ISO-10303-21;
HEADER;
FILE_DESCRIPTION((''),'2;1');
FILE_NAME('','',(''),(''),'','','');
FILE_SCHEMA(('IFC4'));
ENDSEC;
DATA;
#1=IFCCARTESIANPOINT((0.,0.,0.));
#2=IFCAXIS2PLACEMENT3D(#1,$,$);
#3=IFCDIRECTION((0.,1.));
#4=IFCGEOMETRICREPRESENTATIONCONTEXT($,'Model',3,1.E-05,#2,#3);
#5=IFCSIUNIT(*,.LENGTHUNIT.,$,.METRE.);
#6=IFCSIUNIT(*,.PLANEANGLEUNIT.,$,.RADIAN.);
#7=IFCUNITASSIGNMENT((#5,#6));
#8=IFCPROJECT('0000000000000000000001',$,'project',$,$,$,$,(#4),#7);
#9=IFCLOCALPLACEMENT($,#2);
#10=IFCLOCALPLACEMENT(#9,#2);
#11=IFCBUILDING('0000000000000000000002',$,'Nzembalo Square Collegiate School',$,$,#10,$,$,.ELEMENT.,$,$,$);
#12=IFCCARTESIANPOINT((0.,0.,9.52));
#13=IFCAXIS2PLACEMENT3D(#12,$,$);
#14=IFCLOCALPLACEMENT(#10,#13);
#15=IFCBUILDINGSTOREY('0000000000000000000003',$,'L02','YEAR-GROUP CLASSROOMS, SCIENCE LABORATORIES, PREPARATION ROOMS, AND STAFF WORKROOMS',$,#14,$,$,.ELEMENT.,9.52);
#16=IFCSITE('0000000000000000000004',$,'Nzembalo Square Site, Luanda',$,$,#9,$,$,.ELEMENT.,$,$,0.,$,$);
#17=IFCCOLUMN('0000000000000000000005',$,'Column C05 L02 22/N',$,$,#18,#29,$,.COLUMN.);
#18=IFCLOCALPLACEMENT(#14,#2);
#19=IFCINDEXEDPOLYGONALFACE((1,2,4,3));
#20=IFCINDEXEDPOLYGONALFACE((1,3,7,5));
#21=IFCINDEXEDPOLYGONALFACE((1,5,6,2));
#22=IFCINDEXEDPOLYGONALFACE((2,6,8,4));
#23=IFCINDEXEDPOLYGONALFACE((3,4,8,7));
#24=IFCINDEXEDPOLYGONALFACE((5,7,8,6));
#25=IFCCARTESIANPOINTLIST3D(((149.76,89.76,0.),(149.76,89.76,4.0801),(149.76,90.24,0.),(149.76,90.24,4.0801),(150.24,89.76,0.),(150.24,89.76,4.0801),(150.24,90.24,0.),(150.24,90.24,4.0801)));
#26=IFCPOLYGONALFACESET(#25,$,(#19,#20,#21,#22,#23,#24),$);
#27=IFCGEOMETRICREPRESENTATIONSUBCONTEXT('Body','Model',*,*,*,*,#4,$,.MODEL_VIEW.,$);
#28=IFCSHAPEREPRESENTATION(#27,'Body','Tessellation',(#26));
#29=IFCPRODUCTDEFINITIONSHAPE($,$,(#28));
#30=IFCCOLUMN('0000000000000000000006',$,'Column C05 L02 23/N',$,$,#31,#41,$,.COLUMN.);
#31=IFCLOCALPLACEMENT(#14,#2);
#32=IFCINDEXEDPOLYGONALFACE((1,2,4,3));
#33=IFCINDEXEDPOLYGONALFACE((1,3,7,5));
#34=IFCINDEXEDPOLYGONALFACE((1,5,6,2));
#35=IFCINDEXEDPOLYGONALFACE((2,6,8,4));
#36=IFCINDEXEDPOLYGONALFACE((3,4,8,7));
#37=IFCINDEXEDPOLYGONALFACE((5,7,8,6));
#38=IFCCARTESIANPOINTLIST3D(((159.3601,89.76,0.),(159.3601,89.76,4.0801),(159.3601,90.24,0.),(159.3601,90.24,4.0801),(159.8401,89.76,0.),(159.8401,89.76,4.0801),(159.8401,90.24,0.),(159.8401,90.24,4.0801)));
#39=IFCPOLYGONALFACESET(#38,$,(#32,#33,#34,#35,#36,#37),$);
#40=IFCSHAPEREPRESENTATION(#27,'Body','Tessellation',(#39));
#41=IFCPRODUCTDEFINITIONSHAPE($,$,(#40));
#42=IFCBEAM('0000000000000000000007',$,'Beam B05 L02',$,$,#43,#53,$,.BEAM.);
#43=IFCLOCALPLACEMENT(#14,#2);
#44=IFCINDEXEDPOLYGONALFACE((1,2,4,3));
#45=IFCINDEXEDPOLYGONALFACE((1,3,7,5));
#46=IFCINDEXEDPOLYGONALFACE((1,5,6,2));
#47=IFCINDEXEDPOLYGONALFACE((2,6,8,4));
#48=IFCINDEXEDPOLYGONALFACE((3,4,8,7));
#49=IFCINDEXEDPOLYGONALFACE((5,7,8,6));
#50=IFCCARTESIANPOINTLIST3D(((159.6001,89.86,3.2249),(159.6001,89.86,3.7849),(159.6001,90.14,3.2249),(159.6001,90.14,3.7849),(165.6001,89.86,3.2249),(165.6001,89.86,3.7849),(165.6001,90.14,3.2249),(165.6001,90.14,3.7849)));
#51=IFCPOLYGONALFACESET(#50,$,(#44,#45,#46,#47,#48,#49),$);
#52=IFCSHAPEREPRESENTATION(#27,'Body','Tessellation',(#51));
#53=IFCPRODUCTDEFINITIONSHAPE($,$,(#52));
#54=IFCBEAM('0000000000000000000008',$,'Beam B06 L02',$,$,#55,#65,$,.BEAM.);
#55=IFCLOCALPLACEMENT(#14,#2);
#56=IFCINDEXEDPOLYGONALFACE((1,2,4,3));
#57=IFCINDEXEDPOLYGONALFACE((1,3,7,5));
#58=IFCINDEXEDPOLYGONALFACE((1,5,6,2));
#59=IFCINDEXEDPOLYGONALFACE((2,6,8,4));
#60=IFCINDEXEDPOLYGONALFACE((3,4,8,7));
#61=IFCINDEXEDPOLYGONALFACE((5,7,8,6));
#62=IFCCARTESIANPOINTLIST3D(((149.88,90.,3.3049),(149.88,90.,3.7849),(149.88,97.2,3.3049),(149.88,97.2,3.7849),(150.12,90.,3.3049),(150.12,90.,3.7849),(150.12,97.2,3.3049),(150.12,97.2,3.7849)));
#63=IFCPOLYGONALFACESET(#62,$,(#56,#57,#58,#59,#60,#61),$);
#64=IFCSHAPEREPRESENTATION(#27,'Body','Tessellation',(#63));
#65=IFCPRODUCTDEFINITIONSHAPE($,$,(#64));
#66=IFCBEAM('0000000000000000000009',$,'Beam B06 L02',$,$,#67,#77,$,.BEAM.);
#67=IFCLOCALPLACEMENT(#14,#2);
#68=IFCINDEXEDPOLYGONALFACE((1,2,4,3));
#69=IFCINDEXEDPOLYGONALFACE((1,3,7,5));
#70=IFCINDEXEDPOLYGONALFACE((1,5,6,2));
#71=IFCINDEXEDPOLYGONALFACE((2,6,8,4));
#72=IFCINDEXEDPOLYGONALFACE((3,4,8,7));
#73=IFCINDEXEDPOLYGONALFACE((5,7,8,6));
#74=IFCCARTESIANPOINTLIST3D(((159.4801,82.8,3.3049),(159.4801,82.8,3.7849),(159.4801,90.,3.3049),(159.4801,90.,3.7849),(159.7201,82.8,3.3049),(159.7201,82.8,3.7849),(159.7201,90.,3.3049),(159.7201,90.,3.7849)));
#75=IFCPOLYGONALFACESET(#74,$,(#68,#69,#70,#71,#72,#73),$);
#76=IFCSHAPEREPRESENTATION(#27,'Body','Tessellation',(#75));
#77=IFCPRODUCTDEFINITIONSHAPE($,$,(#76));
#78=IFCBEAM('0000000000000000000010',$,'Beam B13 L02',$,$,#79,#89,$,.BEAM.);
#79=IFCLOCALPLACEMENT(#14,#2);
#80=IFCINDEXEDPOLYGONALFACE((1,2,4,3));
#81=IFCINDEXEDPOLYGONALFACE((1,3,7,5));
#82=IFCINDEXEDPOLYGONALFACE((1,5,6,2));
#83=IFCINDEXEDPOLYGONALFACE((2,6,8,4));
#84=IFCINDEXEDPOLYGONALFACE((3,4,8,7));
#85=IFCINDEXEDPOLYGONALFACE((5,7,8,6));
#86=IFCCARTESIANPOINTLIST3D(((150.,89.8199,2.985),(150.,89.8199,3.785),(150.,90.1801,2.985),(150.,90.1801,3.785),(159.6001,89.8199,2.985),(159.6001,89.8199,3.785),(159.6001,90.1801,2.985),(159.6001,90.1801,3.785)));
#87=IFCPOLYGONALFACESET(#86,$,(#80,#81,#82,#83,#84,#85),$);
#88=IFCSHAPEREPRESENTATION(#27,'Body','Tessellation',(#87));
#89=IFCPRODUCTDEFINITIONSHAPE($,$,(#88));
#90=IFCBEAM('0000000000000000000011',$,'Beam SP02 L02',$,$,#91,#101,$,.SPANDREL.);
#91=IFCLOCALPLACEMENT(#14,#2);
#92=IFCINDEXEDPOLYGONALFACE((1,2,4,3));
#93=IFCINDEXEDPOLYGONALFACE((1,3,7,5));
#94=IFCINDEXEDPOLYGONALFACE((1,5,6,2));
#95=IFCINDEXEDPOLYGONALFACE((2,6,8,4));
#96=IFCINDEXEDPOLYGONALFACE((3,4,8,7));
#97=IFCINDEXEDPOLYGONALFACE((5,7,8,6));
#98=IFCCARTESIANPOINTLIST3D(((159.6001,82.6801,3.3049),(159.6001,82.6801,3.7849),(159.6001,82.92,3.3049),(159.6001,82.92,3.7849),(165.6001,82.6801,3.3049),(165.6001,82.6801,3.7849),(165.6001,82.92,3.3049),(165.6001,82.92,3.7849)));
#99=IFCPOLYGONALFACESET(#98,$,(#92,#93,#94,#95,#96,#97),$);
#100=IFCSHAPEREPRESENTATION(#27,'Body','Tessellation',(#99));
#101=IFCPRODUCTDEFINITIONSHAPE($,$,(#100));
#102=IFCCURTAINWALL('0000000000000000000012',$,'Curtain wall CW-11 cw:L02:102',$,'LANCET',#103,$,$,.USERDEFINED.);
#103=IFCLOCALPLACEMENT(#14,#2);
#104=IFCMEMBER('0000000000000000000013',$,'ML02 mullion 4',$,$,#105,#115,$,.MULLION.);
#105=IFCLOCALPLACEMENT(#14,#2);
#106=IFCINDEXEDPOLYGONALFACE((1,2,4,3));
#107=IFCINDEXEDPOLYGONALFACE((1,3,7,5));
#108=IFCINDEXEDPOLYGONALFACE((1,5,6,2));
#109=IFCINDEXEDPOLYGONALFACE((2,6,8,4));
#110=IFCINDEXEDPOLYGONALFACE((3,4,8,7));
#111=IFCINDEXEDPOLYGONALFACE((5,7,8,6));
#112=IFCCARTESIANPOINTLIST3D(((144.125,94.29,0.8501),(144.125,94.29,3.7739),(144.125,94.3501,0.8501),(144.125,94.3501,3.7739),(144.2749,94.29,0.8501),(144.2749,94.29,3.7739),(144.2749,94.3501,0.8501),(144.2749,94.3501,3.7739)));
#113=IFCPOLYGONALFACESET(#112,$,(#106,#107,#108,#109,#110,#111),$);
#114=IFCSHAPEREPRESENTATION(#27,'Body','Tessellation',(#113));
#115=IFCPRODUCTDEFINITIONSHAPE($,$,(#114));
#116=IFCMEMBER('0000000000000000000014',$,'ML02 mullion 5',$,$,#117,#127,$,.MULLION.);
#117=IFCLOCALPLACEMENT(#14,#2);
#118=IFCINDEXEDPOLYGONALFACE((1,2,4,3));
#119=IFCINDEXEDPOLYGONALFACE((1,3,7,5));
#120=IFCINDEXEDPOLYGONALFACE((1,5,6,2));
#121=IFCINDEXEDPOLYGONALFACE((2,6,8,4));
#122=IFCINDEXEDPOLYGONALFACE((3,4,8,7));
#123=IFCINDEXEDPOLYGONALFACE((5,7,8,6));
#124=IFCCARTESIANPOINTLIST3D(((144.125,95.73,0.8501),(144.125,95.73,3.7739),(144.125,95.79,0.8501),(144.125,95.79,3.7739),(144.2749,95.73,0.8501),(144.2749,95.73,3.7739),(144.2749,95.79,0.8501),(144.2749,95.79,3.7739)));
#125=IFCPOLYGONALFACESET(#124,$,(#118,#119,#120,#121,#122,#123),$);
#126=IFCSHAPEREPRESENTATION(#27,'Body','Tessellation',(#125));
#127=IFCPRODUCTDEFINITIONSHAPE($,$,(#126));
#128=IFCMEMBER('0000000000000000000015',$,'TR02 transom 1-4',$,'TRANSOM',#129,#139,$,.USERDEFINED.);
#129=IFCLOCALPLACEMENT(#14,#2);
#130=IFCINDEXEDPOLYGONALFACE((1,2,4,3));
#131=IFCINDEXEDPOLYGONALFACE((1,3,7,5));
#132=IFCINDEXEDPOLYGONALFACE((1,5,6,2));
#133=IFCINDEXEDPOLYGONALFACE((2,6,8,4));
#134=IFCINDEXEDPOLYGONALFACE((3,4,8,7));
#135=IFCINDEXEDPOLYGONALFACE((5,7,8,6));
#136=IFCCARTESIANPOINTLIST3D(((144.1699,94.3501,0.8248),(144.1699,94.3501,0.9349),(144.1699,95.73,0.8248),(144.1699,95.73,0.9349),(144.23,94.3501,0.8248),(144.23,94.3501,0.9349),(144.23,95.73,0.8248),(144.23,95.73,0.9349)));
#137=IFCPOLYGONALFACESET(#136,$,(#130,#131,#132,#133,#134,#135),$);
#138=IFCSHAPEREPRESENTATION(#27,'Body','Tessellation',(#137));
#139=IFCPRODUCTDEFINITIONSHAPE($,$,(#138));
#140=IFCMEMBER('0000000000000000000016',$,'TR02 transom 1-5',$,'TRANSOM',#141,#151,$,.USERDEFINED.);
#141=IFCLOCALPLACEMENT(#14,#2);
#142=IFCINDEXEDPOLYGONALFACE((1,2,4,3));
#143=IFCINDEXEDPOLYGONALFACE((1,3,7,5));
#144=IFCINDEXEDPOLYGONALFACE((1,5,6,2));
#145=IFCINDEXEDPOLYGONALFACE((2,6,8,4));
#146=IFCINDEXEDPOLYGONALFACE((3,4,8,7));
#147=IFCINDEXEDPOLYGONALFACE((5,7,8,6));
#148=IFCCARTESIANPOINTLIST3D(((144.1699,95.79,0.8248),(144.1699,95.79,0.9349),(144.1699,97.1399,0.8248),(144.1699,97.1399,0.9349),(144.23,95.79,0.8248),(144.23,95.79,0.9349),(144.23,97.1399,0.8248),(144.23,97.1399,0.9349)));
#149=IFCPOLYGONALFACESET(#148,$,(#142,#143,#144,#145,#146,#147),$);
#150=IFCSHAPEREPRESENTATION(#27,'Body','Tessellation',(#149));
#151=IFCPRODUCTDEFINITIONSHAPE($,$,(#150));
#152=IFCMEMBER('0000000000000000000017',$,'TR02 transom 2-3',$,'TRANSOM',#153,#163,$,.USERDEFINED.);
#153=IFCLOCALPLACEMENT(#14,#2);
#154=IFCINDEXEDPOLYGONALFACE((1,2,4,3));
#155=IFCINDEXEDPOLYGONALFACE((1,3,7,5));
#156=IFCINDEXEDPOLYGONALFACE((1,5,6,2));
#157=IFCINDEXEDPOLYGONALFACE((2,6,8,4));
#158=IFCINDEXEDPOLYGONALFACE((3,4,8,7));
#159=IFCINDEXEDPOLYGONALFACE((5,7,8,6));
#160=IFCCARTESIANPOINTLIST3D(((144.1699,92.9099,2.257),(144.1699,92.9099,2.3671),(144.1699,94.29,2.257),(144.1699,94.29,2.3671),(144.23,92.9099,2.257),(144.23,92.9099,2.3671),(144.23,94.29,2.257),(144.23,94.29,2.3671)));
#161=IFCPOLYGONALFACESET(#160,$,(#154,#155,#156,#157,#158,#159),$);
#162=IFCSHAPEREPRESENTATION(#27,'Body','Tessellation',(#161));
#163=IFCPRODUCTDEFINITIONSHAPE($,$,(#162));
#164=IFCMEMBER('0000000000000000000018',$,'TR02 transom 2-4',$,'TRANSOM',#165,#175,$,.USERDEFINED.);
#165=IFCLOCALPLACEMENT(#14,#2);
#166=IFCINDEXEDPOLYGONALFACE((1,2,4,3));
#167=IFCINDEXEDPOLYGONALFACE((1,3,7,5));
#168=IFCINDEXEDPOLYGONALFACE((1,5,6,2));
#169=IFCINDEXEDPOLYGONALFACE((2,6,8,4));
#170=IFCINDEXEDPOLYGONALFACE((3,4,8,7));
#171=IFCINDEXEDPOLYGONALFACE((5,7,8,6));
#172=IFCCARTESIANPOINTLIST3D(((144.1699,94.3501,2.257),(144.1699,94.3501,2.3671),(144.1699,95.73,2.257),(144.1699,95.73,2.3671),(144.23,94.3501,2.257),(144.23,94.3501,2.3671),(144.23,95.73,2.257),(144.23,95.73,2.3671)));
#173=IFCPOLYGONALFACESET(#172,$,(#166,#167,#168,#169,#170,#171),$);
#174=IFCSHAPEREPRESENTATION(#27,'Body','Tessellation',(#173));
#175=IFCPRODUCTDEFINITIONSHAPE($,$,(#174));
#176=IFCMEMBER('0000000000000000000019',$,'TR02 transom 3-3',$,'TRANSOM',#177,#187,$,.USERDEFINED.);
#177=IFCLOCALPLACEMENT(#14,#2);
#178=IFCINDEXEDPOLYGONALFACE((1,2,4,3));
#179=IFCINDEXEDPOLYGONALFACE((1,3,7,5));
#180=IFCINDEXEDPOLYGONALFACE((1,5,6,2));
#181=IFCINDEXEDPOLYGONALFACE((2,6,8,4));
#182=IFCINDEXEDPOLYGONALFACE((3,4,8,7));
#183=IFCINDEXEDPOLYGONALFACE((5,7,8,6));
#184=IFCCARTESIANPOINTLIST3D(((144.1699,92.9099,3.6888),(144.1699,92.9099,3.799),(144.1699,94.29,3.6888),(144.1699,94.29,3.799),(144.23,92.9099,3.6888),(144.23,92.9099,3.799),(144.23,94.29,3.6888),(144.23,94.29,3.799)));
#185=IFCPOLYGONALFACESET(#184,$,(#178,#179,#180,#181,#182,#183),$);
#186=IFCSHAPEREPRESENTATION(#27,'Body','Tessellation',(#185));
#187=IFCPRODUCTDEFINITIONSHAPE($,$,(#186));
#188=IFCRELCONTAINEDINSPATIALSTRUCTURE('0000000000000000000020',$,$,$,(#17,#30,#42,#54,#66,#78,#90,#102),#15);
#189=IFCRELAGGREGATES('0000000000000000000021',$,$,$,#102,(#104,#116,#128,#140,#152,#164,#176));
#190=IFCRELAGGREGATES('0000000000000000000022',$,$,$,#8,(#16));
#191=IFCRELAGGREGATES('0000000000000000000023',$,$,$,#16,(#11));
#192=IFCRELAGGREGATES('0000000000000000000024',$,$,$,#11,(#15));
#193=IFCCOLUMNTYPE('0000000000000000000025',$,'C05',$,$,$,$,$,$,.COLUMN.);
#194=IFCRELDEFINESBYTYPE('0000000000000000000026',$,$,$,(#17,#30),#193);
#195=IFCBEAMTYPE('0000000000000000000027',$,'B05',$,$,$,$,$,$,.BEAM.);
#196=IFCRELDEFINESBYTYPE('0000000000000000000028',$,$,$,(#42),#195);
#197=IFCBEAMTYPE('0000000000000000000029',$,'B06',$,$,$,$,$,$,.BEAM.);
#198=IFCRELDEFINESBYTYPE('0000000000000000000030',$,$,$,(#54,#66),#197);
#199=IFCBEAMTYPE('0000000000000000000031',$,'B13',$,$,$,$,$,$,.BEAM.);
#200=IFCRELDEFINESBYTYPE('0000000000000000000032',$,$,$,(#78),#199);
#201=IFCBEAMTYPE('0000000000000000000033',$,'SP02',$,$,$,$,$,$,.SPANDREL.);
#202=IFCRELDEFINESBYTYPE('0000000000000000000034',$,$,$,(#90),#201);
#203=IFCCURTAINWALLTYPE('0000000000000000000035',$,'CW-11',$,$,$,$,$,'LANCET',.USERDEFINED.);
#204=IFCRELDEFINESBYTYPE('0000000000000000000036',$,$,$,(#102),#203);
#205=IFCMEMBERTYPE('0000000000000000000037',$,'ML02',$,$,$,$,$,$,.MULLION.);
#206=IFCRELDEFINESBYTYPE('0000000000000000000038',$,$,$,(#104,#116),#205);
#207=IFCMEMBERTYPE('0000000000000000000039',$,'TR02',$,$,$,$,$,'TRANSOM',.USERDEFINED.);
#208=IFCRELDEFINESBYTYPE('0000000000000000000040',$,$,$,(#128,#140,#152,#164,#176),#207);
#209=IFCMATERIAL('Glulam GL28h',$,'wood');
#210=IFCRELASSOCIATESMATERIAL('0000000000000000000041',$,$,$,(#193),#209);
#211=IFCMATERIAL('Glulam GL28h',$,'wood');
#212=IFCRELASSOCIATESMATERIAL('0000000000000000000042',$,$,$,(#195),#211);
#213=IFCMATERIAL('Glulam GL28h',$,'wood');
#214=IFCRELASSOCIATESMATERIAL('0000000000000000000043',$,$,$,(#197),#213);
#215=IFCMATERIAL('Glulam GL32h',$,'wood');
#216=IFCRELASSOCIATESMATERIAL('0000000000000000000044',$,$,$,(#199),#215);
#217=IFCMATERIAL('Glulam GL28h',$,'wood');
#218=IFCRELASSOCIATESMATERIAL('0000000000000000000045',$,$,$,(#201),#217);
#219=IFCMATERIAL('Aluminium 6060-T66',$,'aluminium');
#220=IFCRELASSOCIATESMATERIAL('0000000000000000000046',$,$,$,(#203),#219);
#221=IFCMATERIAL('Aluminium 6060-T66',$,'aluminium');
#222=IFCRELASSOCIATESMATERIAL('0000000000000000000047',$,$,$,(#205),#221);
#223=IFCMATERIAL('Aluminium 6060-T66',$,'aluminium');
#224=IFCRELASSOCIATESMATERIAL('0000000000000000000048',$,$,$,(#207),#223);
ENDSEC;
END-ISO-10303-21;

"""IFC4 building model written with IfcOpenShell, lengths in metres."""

from ifc_helpers import new_model, si_unit, direction, frame, origin, origin_2d, place, context, subcontext, project, spatial, rectangle, extrude, material, material_profile, profile_set, type_object, element, aggregate, save


model = new_model("IFC4")

# Units and contexts
model_context = context("Model", 3, precision=1e-05, world=origin(), true_north=direction((0.0, 1.0)))
body_context = subcontext(model_context, "Body", "Model", "MODEL_VIEW")
ifc_project = project(units=[si_unit("LENGTHUNIT", "METRE"), si_unit("PLANEANGLEUNIT", "RADIAN")], contexts=[model_context])

# Site, building, storey
site_placement = place(None, origin())
site = spatial("IfcSite", under=ifc_project, at=site_placement, Name="Nzembalo Square Site, Luanda", CompositionType="ELEMENT", RefElevation=0.0)
building_placement = place(site_placement, origin())
building = spatial("IfcBuilding", under=site, at=building_placement, Name="Nzembalo Square Collegiate School", CompositionType="ELEMENT")
storey_placement = place(building_placement, frame((0.0, 0.0, 9.52)))
storey = spatial("IfcBuildingStorey", under=building, at=storey_placement, Name="L02", Description="YEAR-GROUP CLASSROOMS, SCIENCE LABORATORIES, PREPARATION ROOMS, AND STAFF WORKROOMS", CompositionType="ELEMENT", Elevation=9.52)

# Columns
ifc_material_1 = material(Name="Glulam GL28h", Category="wood")
ifc_material_profile_1 = material_profile(ifc_material_1, rectangle(XDim=0.48, YDim=0.48, at=origin_2d()), Name="GL28h 480x480")
ifc_profile_set_1 = profile_set([ifc_material_profile_1], Name="Glulam GL28h")
column_type = type_object("IfcColumnType", Name="C05", PredefinedType="COLUMN", material=ifc_profile_set_1)
for number, where, z_axis, x_axis, name in (
    (1, (150.0, 90.0, 0.0), (0.0, 0.0, 1.0), (1.0, 0.0, 0.0), "Column C05 L02 22/N"),
    (2, (159.6001, 90.0, 0.0), (0.0, 0.0, 1.0), (1.0, 0.0, 0.0), "Column C05 L02 23/N"),
):
    element("IfcColumn", number, at=place(storey_placement, frame(where, z_axis=z_axis, x_axis=x_axis)), inside=storey, type_object=column_type, Name=name, PredefinedType="COLUMN", context=body_context, shape_type="SweptSolid", body=[
        extrude(rectangle(XDim=0.48, YDim=0.48, at=origin_2d()), origin(), (0.0, 0.0, 1.0), 4.0801),
    ])

# Beams
ifc_material_2 = material(Name="Glulam GL28h", Category="wood")
ifc_material_profile_2 = material_profile(ifc_material_2, rectangle(XDim=0.28, YDim=0.5601, at=origin_2d()), Name="GL28h 280x560")
ifc_profile_set_2 = profile_set([ifc_material_profile_2], Name="Glulam GL28h")
beam_type_1 = type_object("IfcBeamType", Name="B05", PredefinedType="BEAM", material=ifc_profile_set_2)
beam_1_placement = place(storey_placement, frame((159.6001, 90.0, 3.5049), z_axis=(1.0, 0.0, 0.0), x_axis=(0.0, 1.0, 0.0)))
element("IfcBeam", 3, at=beam_1_placement, inside=storey, type_object=beam_type_1, Name="Beam B05 L02", PredefinedType="BEAM", context=body_context, shape_type="SweptSolid", body=[
    extrude(rectangle(XDim=0.28, YDim=0.5601, at=origin_2d()), origin(), (0.0, 0.0, 1.0), 6.0),
])
ifc_material_3 = material(Name="Glulam GL28h", Category="wood")
ifc_material_profile_3 = material_profile(ifc_material_3, rectangle(XDim=0.24, YDim=0.48, at=origin_2d()), Name="GL28h 240x480")
ifc_profile_set_3 = profile_set([ifc_material_profile_3], Name="Glulam GL28h")
beam_type_2 = type_object("IfcBeamType", Name="B06", PredefinedType="BEAM", material=ifc_profile_set_3)
for number, where, z_axis, x_axis, name in (
    (4, (150.0, 90.0, 3.5449), (0.0, 1.0, 0.0), (-1.0, 0.0, 0.0), "Beam B06 L02"),
    (5, (159.6001, 82.8, 3.5449), (0.0, 1.0, 0.0), (-1.0, 0.0, 0.0), "Beam B06 L02"),
):
    element("IfcBeam", number, at=place(storey_placement, frame(where, z_axis=z_axis, x_axis=x_axis)), inside=storey, type_object=beam_type_2, Name=name, PredefinedType="BEAM", context=body_context, shape_type="SweptSolid", body=[
        extrude(rectangle(XDim=0.24, YDim=0.48, at=origin_2d()), origin(), (0.0, 0.0, 1.0), 7.2),
    ])
ifc_material_4 = material(Name="Glulam GL32h", Category="wood")
ifc_material_profile_4 = material_profile(ifc_material_4, rectangle(XDim=0.3601, YDim=0.8, at=origin_2d()), Name="GL32h 360x800")
ifc_profile_set_4 = profile_set([ifc_material_profile_4], Name="Glulam GL32h")
beam_type_3 = type_object("IfcBeamType", Name="B13", PredefinedType="BEAM", material=ifc_profile_set_4)
beam_2_placement = place(storey_placement, frame((150.0, 90.0, 3.385), z_axis=(1.0, 0.0, 0.0), x_axis=(0.0, 1.0, 0.0)))
element("IfcBeam", 6, at=beam_2_placement, inside=storey, type_object=beam_type_3, Name="Beam B13 L02", PredefinedType="BEAM", context=body_context, shape_type="SweptSolid", body=[
    extrude(rectangle(XDim=0.3601, YDim=0.8, at=origin_2d()), origin(), (0.0, 0.0, 1.0), 9.6001),
])
ifc_material_5 = material(Name="Glulam GL28h", Category="wood")
ifc_material_profile_5 = material_profile(ifc_material_5, rectangle(XDim=0.24, YDim=0.48, at=origin_2d()), Name="GL28h 240x480")
ifc_profile_set_5 = profile_set([ifc_material_profile_5], Name="Glulam GL28h")
beam_type_4 = type_object("IfcBeamType", Name="SP02", PredefinedType="SPANDREL", material=ifc_profile_set_5)
beam_3_placement = place(storey_placement, frame((159.6001, 82.8, 3.5449), z_axis=(1.0, 0.0, 0.0), x_axis=(0.0, 1.0, 0.0)))
element("IfcBeam", 7, at=beam_3_placement, inside=storey, type_object=beam_type_4, Name="Beam SP02 L02", PredefinedType="SPANDREL", context=body_context, shape_type="SweptSolid", body=[
    extrude(rectangle(XDim=0.24, YDim=0.48, at=origin_2d()), origin(), (0.0, 0.0, 1.0), 6.0),
])

# Curtain wall, members
ifc_material_6 = material(Name="Aluminium 6060-T66", Category="aluminium")
curtain_wall_type = type_object("IfcCurtainWallType", Name="CW-11", ElementType="LANCET", PredefinedType="USERDEFINED", material=ifc_material_6)
curtain_wall_placement = place(storey_placement, origin())
curtain_wall = element("IfcCurtainWall", 8, at=curtain_wall_placement, inside=storey, type_object=curtain_wall_type, Name="Curtain wall CW-11 cw:L02:102", ObjectType="LANCET", PredefinedType="USERDEFINED")
ifc_material_7 = material(Name="Aluminium 6060-T66", Category="aluminium")
ifc_material_profile_6 = material_profile(ifc_material_7, rectangle(XDim=0.0601, YDim=0.1499, at=origin_2d()), Name="ALU M60x150")
ifc_profile_set_6 = profile_set([ifc_material_profile_6], Name="Aluminium 6060-T66")
member_type_1 = type_object("IfcMemberType", Name="ML02", PredefinedType="MULLION", material=ifc_profile_set_6)
member_1_placement = place(storey_placement, frame((144.2, 94.3201, 0.8501), z_axis=(0.0, 0.0, 1.0), x_axis=(0.0, 1.0, 0.0)))
member_1 = element("IfcMember", 9, at=member_1_placement, type_object=member_type_1, Name="ML02 mullion 4", PredefinedType="MULLION", context=body_context, shape_type="SweptSolid", body=[
    extrude(rectangle(XDim=0.0601, YDim=0.1499, at=origin_2d()), origin(), (0.0, 0.0, 1.0), 2.9238),
])
member_2_placement = place(storey_placement, frame((144.2, 95.76, 0.8501), z_axis=(0.0, 0.0, 1.0), x_axis=(0.0, 1.0, 0.0)))
member_2 = element("IfcMember", 10, at=member_2_placement, type_object=member_type_1, Name="ML02 mullion 5", PredefinedType="MULLION", context=body_context, shape_type="SweptSolid", body=[
    extrude(rectangle(XDim=0.0601, YDim=0.1499, at=origin_2d()), origin(), (0.0, 0.0, 1.0), 2.9238),
])
ifc_material_8 = material(Name="Aluminium 6060-T66", Category="aluminium")
ifc_material_profile_7 = material_profile(ifc_material_8, rectangle(XDim=0.0601, YDim=0.1101, at=origin_2d()), Name="ALU T60x110")
ifc_profile_set_7 = profile_set([ifc_material_profile_7], Name="Aluminium 6060-T66")
member_type_2 = type_object("IfcMemberType", Name="TR02", ElementType="TRANSOM", PredefinedType="USERDEFINED", material=ifc_profile_set_7)
member_3_placement = place(storey_placement, frame((144.2, 94.3501, 0.8799), z_axis=(0.0, 1.0, 0.0), x_axis=(-1.0, 0.0, 0.0)))
member_3 = element("IfcMember", 11, at=member_3_placement, type_object=member_type_2, Name="TR02 transom 1-4", ObjectType="TRANSOM", PredefinedType="USERDEFINED", context=body_context, shape_type="SweptSolid", body=[
    extrude(rectangle(XDim=0.0601, YDim=0.1101, at=origin_2d()), origin(), (0.0, 0.0, 1.0), 1.3799),
])
member_4_placement = place(storey_placement, frame((144.2, 95.79, 0.8799), z_axis=(0.0, 1.0, 0.0), x_axis=(-1.0, 0.0, 0.0)))
member_4 = element("IfcMember", 12, at=member_4_placement, type_object=member_type_2, Name="TR02 transom 1-5", ObjectType="TRANSOM", PredefinedType="USERDEFINED", context=body_context, shape_type="SweptSolid", body=[
    extrude(rectangle(XDim=0.0601, YDim=0.1101, at=origin_2d()), origin(), (0.0, 0.0, 1.0), 1.3499),
])
member_5_placement = place(storey_placement, frame((144.2, 92.9099, 2.312), z_axis=(0.0, 1.0, 0.0), x_axis=(-1.0, 0.0, 0.0)))
member_5 = element("IfcMember", 13, at=member_5_placement, type_object=member_type_2, Name="TR02 transom 2-3", ObjectType="TRANSOM", PredefinedType="USERDEFINED", context=body_context, shape_type="SweptSolid", body=[
    extrude(rectangle(XDim=0.0601, YDim=0.1101, at=origin_2d()), origin(), (0.0, 0.0, 1.0), 1.3801),
])
member_6_placement = place(storey_placement, frame((144.2, 94.3501, 2.312), z_axis=(0.0, 1.0, 0.0), x_axis=(-1.0, 0.0, 0.0)))
member_6 = element("IfcMember", 14, at=member_6_placement, type_object=member_type_2, Name="TR02 transom 2-4", ObjectType="TRANSOM", PredefinedType="USERDEFINED", context=body_context, shape_type="SweptSolid", body=[
    extrude(rectangle(XDim=0.0601, YDim=0.1101, at=origin_2d()), origin(), (0.0, 0.0, 1.0), 1.3799),
])
member_7_placement = place(storey_placement, frame((144.2, 92.9099, 3.7439), z_axis=(0.0, 1.0, 0.0), x_axis=(-1.0, 0.0, 0.0)))
member_7 = element("IfcMember", 15, at=member_7_placement, type_object=member_type_2, Name="TR02 transom 3-3", ObjectType="TRANSOM", PredefinedType="USERDEFINED", context=body_context, shape_type="SweptSolid", body=[
    extrude(rectangle(XDim=0.0601, YDim=0.1101, at=origin_2d()), origin(), (0.0, 0.0, 1.0), 1.3801),
])
aggregate(curtain_wall, [member_1, member_2, member_3, member_4, member_5, member_6, member_7])

save(model, "model.ifc")
